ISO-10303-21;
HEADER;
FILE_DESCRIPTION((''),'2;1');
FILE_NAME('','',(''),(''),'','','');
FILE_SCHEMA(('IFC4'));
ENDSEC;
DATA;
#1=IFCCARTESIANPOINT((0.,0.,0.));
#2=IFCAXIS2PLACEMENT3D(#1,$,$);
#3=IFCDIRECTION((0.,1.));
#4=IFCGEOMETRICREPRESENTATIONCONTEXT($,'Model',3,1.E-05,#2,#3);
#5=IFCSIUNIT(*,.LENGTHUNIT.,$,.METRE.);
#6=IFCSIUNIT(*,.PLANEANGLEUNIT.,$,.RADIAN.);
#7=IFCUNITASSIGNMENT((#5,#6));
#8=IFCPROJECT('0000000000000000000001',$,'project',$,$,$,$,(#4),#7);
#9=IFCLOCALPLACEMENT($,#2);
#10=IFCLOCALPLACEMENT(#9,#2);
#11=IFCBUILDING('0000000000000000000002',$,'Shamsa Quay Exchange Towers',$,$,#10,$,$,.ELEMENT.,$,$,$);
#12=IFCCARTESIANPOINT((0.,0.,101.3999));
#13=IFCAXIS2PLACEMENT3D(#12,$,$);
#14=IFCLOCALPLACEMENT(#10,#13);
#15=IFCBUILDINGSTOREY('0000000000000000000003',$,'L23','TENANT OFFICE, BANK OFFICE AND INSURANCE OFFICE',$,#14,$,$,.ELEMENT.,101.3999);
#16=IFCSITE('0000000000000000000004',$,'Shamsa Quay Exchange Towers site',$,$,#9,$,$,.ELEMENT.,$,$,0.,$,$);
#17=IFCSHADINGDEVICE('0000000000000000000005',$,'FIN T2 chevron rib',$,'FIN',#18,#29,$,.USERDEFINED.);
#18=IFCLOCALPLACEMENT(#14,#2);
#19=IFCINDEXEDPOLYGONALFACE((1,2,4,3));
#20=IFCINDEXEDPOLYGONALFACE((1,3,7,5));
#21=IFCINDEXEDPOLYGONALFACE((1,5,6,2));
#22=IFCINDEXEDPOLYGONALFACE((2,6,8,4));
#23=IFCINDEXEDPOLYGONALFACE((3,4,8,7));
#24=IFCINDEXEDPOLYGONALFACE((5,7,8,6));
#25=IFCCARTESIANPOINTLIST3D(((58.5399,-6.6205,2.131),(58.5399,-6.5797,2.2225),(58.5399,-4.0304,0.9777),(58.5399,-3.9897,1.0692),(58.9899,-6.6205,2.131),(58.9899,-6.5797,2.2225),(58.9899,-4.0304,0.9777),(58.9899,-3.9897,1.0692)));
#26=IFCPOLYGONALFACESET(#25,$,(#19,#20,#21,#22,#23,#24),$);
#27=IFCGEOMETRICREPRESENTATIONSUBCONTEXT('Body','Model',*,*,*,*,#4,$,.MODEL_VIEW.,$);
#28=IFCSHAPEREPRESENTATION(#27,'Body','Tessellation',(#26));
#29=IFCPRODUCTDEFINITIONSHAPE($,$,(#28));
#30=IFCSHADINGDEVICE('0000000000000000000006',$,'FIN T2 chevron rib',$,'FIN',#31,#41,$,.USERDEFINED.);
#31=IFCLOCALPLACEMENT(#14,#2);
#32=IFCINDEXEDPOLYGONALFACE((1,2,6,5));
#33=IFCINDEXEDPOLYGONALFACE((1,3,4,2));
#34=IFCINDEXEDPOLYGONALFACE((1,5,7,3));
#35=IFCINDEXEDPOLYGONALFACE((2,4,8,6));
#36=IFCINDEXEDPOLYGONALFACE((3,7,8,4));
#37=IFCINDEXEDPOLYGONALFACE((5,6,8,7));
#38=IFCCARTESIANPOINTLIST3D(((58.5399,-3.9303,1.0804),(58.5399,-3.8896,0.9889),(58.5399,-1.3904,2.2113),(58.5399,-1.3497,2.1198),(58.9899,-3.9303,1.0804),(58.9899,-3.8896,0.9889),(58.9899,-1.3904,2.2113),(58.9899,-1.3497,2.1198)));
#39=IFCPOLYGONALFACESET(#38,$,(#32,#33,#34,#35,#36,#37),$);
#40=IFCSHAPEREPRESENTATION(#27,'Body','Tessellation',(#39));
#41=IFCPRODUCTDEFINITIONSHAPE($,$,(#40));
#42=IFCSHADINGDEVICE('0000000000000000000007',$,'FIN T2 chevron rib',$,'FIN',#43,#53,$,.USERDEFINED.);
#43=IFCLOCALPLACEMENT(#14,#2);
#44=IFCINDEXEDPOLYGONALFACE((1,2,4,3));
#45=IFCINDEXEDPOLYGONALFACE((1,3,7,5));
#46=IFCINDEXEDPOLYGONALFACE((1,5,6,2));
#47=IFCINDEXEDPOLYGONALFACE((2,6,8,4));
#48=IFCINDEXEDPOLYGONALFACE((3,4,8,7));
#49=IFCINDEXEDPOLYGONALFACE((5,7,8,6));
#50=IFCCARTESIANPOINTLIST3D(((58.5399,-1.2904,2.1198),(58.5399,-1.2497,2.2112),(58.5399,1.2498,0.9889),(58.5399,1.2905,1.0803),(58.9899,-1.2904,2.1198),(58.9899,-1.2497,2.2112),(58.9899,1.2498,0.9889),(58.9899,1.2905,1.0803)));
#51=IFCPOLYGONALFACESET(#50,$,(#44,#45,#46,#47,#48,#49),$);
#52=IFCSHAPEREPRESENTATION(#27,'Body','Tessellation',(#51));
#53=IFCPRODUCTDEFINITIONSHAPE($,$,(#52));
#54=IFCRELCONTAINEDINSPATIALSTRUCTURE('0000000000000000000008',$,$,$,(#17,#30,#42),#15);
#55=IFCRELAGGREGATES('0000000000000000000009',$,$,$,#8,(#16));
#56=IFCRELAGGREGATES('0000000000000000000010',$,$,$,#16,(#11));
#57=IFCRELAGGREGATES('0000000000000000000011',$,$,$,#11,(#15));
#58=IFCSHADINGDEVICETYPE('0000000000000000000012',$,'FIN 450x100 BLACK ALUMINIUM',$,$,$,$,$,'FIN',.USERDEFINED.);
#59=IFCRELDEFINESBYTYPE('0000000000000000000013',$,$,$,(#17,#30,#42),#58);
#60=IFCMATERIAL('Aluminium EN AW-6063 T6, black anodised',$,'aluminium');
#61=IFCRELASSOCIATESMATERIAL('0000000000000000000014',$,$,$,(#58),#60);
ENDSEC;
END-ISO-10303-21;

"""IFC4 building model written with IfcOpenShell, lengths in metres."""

from ifc_helpers import new_model, si_unit, direction, frame, origin, origin_2d, place, context, subcontext, project, spatial, rectangle, extrude, material, material_profile, profile_set, type_object, element, save


model = new_model("IFC4")

# Units and contexts
model_context = context("Model", 3, precision=1e-05, world=origin(), true_north=direction((0.0, 1.0)))
body_context = subcontext(model_context, "Body", "Model", "MODEL_VIEW")
ifc_project = project(units=[si_unit("LENGTHUNIT", "METRE"), si_unit("PLANEANGLEUNIT", "RADIAN")], contexts=[model_context])

# Site, building, storey
site_placement = place(None, origin())
site = spatial("IfcSite", under=ifc_project, at=site_placement, Name="Shamsa Quay Exchange Towers site", CompositionType="ELEMENT", RefElevation=0.0)
building_placement = place(site_placement, origin())
building = spatial("IfcBuilding", under=site, at=building_placement, Name="Shamsa Quay Exchange Towers", CompositionType="ELEMENT")
storey_placement = place(building_placement, frame((0.0, 0.0, 101.3999)))
storey = spatial("IfcBuildingStorey", under=building, at=storey_placement, Name="L23", Description="TENANT OFFICE, BANK OFFICE AND INSURANCE OFFICE", CompositionType="ELEMENT", Elevation=101.3999)

# Shared definitions
ifc_material_1 = material(Name="Aluminium EN AW-6063 T6, black anodised", Category="aluminium")

# Shading devices
ifc_material_profile_1 = material_profile(ifc_material_1, rectangle(XDim=0.45, YDim=0.1001, at=origin_2d()), Name="FIN450x100")
ifc_profile_set_1 = profile_set([ifc_material_profile_1], Name="Aluminium EN AW-6063 T6, black anodised")
shading_device_type = type_object("IfcShadingDeviceType", Name="FIN 450x100 BLACK ALUMINIUM", ElementType="FIN", PredefinedType="USERDEFINED", material=ifc_profile_set_1)
shading_device_1_placement = place(storey_placement, frame((58.7649, -6.6001, 2.1768), z_axis=(0.0, 0.913527, -0.406778), x_axis=(-1.0, 0.0, 0.0)))
element("IfcShadingDevice", 1, at=shading_device_1_placement, inside=storey, type_object=shading_device_type, Name="FIN T2 chevron rib", ObjectType="FIN", PredefinedType="USERDEFINED", context=body_context, shape_type="SweptSolid", body=[
    extrude(rectangle(XDim=0.45, YDim=0.1001, at=origin_2d()), origin(), (0.0, 0.0, 1.0), 2.8352),
])
shading_device_2_placement = place(storey_placement, frame((58.7649, -3.9099, 1.0347), z_axis=(0.0, 0.913536, 0.406758), x_axis=(-1.0, 0.0, 0.0)))
element("IfcShadingDevice", 2, at=shading_device_2_placement, inside=storey, type_object=shading_device_type, Name="FIN T2 chevron rib", ObjectType="FIN", PredefinedType="USERDEFINED", context=body_context, shape_type="SweptSolid", body=[
    extrude(rectangle(XDim=0.45, YDim=0.1001, at=origin_2d()), origin(), (0.0, 0.0, 1.0), 2.7803),
])
shading_device_3_placement = place(storey_placement, frame((58.7649, -1.27, 2.1655), z_axis=(0.0, 0.913551, -0.406725), x_axis=(-1.0, 0.0, 0.0)))
element("IfcShadingDevice", 3, at=shading_device_3_placement, inside=storey, type_object=shading_device_type, Name="FIN T2 chevron rib", ObjectType="FIN", PredefinedType="USERDEFINED", context=body_context, shape_type="SweptSolid", body=[
    extrude(rectangle(XDim=0.45, YDim=0.1001, at=origin_2d()), origin(), (0.0, 0.0, 1.0), 2.7805),
])

save(model, "model.ifc")
